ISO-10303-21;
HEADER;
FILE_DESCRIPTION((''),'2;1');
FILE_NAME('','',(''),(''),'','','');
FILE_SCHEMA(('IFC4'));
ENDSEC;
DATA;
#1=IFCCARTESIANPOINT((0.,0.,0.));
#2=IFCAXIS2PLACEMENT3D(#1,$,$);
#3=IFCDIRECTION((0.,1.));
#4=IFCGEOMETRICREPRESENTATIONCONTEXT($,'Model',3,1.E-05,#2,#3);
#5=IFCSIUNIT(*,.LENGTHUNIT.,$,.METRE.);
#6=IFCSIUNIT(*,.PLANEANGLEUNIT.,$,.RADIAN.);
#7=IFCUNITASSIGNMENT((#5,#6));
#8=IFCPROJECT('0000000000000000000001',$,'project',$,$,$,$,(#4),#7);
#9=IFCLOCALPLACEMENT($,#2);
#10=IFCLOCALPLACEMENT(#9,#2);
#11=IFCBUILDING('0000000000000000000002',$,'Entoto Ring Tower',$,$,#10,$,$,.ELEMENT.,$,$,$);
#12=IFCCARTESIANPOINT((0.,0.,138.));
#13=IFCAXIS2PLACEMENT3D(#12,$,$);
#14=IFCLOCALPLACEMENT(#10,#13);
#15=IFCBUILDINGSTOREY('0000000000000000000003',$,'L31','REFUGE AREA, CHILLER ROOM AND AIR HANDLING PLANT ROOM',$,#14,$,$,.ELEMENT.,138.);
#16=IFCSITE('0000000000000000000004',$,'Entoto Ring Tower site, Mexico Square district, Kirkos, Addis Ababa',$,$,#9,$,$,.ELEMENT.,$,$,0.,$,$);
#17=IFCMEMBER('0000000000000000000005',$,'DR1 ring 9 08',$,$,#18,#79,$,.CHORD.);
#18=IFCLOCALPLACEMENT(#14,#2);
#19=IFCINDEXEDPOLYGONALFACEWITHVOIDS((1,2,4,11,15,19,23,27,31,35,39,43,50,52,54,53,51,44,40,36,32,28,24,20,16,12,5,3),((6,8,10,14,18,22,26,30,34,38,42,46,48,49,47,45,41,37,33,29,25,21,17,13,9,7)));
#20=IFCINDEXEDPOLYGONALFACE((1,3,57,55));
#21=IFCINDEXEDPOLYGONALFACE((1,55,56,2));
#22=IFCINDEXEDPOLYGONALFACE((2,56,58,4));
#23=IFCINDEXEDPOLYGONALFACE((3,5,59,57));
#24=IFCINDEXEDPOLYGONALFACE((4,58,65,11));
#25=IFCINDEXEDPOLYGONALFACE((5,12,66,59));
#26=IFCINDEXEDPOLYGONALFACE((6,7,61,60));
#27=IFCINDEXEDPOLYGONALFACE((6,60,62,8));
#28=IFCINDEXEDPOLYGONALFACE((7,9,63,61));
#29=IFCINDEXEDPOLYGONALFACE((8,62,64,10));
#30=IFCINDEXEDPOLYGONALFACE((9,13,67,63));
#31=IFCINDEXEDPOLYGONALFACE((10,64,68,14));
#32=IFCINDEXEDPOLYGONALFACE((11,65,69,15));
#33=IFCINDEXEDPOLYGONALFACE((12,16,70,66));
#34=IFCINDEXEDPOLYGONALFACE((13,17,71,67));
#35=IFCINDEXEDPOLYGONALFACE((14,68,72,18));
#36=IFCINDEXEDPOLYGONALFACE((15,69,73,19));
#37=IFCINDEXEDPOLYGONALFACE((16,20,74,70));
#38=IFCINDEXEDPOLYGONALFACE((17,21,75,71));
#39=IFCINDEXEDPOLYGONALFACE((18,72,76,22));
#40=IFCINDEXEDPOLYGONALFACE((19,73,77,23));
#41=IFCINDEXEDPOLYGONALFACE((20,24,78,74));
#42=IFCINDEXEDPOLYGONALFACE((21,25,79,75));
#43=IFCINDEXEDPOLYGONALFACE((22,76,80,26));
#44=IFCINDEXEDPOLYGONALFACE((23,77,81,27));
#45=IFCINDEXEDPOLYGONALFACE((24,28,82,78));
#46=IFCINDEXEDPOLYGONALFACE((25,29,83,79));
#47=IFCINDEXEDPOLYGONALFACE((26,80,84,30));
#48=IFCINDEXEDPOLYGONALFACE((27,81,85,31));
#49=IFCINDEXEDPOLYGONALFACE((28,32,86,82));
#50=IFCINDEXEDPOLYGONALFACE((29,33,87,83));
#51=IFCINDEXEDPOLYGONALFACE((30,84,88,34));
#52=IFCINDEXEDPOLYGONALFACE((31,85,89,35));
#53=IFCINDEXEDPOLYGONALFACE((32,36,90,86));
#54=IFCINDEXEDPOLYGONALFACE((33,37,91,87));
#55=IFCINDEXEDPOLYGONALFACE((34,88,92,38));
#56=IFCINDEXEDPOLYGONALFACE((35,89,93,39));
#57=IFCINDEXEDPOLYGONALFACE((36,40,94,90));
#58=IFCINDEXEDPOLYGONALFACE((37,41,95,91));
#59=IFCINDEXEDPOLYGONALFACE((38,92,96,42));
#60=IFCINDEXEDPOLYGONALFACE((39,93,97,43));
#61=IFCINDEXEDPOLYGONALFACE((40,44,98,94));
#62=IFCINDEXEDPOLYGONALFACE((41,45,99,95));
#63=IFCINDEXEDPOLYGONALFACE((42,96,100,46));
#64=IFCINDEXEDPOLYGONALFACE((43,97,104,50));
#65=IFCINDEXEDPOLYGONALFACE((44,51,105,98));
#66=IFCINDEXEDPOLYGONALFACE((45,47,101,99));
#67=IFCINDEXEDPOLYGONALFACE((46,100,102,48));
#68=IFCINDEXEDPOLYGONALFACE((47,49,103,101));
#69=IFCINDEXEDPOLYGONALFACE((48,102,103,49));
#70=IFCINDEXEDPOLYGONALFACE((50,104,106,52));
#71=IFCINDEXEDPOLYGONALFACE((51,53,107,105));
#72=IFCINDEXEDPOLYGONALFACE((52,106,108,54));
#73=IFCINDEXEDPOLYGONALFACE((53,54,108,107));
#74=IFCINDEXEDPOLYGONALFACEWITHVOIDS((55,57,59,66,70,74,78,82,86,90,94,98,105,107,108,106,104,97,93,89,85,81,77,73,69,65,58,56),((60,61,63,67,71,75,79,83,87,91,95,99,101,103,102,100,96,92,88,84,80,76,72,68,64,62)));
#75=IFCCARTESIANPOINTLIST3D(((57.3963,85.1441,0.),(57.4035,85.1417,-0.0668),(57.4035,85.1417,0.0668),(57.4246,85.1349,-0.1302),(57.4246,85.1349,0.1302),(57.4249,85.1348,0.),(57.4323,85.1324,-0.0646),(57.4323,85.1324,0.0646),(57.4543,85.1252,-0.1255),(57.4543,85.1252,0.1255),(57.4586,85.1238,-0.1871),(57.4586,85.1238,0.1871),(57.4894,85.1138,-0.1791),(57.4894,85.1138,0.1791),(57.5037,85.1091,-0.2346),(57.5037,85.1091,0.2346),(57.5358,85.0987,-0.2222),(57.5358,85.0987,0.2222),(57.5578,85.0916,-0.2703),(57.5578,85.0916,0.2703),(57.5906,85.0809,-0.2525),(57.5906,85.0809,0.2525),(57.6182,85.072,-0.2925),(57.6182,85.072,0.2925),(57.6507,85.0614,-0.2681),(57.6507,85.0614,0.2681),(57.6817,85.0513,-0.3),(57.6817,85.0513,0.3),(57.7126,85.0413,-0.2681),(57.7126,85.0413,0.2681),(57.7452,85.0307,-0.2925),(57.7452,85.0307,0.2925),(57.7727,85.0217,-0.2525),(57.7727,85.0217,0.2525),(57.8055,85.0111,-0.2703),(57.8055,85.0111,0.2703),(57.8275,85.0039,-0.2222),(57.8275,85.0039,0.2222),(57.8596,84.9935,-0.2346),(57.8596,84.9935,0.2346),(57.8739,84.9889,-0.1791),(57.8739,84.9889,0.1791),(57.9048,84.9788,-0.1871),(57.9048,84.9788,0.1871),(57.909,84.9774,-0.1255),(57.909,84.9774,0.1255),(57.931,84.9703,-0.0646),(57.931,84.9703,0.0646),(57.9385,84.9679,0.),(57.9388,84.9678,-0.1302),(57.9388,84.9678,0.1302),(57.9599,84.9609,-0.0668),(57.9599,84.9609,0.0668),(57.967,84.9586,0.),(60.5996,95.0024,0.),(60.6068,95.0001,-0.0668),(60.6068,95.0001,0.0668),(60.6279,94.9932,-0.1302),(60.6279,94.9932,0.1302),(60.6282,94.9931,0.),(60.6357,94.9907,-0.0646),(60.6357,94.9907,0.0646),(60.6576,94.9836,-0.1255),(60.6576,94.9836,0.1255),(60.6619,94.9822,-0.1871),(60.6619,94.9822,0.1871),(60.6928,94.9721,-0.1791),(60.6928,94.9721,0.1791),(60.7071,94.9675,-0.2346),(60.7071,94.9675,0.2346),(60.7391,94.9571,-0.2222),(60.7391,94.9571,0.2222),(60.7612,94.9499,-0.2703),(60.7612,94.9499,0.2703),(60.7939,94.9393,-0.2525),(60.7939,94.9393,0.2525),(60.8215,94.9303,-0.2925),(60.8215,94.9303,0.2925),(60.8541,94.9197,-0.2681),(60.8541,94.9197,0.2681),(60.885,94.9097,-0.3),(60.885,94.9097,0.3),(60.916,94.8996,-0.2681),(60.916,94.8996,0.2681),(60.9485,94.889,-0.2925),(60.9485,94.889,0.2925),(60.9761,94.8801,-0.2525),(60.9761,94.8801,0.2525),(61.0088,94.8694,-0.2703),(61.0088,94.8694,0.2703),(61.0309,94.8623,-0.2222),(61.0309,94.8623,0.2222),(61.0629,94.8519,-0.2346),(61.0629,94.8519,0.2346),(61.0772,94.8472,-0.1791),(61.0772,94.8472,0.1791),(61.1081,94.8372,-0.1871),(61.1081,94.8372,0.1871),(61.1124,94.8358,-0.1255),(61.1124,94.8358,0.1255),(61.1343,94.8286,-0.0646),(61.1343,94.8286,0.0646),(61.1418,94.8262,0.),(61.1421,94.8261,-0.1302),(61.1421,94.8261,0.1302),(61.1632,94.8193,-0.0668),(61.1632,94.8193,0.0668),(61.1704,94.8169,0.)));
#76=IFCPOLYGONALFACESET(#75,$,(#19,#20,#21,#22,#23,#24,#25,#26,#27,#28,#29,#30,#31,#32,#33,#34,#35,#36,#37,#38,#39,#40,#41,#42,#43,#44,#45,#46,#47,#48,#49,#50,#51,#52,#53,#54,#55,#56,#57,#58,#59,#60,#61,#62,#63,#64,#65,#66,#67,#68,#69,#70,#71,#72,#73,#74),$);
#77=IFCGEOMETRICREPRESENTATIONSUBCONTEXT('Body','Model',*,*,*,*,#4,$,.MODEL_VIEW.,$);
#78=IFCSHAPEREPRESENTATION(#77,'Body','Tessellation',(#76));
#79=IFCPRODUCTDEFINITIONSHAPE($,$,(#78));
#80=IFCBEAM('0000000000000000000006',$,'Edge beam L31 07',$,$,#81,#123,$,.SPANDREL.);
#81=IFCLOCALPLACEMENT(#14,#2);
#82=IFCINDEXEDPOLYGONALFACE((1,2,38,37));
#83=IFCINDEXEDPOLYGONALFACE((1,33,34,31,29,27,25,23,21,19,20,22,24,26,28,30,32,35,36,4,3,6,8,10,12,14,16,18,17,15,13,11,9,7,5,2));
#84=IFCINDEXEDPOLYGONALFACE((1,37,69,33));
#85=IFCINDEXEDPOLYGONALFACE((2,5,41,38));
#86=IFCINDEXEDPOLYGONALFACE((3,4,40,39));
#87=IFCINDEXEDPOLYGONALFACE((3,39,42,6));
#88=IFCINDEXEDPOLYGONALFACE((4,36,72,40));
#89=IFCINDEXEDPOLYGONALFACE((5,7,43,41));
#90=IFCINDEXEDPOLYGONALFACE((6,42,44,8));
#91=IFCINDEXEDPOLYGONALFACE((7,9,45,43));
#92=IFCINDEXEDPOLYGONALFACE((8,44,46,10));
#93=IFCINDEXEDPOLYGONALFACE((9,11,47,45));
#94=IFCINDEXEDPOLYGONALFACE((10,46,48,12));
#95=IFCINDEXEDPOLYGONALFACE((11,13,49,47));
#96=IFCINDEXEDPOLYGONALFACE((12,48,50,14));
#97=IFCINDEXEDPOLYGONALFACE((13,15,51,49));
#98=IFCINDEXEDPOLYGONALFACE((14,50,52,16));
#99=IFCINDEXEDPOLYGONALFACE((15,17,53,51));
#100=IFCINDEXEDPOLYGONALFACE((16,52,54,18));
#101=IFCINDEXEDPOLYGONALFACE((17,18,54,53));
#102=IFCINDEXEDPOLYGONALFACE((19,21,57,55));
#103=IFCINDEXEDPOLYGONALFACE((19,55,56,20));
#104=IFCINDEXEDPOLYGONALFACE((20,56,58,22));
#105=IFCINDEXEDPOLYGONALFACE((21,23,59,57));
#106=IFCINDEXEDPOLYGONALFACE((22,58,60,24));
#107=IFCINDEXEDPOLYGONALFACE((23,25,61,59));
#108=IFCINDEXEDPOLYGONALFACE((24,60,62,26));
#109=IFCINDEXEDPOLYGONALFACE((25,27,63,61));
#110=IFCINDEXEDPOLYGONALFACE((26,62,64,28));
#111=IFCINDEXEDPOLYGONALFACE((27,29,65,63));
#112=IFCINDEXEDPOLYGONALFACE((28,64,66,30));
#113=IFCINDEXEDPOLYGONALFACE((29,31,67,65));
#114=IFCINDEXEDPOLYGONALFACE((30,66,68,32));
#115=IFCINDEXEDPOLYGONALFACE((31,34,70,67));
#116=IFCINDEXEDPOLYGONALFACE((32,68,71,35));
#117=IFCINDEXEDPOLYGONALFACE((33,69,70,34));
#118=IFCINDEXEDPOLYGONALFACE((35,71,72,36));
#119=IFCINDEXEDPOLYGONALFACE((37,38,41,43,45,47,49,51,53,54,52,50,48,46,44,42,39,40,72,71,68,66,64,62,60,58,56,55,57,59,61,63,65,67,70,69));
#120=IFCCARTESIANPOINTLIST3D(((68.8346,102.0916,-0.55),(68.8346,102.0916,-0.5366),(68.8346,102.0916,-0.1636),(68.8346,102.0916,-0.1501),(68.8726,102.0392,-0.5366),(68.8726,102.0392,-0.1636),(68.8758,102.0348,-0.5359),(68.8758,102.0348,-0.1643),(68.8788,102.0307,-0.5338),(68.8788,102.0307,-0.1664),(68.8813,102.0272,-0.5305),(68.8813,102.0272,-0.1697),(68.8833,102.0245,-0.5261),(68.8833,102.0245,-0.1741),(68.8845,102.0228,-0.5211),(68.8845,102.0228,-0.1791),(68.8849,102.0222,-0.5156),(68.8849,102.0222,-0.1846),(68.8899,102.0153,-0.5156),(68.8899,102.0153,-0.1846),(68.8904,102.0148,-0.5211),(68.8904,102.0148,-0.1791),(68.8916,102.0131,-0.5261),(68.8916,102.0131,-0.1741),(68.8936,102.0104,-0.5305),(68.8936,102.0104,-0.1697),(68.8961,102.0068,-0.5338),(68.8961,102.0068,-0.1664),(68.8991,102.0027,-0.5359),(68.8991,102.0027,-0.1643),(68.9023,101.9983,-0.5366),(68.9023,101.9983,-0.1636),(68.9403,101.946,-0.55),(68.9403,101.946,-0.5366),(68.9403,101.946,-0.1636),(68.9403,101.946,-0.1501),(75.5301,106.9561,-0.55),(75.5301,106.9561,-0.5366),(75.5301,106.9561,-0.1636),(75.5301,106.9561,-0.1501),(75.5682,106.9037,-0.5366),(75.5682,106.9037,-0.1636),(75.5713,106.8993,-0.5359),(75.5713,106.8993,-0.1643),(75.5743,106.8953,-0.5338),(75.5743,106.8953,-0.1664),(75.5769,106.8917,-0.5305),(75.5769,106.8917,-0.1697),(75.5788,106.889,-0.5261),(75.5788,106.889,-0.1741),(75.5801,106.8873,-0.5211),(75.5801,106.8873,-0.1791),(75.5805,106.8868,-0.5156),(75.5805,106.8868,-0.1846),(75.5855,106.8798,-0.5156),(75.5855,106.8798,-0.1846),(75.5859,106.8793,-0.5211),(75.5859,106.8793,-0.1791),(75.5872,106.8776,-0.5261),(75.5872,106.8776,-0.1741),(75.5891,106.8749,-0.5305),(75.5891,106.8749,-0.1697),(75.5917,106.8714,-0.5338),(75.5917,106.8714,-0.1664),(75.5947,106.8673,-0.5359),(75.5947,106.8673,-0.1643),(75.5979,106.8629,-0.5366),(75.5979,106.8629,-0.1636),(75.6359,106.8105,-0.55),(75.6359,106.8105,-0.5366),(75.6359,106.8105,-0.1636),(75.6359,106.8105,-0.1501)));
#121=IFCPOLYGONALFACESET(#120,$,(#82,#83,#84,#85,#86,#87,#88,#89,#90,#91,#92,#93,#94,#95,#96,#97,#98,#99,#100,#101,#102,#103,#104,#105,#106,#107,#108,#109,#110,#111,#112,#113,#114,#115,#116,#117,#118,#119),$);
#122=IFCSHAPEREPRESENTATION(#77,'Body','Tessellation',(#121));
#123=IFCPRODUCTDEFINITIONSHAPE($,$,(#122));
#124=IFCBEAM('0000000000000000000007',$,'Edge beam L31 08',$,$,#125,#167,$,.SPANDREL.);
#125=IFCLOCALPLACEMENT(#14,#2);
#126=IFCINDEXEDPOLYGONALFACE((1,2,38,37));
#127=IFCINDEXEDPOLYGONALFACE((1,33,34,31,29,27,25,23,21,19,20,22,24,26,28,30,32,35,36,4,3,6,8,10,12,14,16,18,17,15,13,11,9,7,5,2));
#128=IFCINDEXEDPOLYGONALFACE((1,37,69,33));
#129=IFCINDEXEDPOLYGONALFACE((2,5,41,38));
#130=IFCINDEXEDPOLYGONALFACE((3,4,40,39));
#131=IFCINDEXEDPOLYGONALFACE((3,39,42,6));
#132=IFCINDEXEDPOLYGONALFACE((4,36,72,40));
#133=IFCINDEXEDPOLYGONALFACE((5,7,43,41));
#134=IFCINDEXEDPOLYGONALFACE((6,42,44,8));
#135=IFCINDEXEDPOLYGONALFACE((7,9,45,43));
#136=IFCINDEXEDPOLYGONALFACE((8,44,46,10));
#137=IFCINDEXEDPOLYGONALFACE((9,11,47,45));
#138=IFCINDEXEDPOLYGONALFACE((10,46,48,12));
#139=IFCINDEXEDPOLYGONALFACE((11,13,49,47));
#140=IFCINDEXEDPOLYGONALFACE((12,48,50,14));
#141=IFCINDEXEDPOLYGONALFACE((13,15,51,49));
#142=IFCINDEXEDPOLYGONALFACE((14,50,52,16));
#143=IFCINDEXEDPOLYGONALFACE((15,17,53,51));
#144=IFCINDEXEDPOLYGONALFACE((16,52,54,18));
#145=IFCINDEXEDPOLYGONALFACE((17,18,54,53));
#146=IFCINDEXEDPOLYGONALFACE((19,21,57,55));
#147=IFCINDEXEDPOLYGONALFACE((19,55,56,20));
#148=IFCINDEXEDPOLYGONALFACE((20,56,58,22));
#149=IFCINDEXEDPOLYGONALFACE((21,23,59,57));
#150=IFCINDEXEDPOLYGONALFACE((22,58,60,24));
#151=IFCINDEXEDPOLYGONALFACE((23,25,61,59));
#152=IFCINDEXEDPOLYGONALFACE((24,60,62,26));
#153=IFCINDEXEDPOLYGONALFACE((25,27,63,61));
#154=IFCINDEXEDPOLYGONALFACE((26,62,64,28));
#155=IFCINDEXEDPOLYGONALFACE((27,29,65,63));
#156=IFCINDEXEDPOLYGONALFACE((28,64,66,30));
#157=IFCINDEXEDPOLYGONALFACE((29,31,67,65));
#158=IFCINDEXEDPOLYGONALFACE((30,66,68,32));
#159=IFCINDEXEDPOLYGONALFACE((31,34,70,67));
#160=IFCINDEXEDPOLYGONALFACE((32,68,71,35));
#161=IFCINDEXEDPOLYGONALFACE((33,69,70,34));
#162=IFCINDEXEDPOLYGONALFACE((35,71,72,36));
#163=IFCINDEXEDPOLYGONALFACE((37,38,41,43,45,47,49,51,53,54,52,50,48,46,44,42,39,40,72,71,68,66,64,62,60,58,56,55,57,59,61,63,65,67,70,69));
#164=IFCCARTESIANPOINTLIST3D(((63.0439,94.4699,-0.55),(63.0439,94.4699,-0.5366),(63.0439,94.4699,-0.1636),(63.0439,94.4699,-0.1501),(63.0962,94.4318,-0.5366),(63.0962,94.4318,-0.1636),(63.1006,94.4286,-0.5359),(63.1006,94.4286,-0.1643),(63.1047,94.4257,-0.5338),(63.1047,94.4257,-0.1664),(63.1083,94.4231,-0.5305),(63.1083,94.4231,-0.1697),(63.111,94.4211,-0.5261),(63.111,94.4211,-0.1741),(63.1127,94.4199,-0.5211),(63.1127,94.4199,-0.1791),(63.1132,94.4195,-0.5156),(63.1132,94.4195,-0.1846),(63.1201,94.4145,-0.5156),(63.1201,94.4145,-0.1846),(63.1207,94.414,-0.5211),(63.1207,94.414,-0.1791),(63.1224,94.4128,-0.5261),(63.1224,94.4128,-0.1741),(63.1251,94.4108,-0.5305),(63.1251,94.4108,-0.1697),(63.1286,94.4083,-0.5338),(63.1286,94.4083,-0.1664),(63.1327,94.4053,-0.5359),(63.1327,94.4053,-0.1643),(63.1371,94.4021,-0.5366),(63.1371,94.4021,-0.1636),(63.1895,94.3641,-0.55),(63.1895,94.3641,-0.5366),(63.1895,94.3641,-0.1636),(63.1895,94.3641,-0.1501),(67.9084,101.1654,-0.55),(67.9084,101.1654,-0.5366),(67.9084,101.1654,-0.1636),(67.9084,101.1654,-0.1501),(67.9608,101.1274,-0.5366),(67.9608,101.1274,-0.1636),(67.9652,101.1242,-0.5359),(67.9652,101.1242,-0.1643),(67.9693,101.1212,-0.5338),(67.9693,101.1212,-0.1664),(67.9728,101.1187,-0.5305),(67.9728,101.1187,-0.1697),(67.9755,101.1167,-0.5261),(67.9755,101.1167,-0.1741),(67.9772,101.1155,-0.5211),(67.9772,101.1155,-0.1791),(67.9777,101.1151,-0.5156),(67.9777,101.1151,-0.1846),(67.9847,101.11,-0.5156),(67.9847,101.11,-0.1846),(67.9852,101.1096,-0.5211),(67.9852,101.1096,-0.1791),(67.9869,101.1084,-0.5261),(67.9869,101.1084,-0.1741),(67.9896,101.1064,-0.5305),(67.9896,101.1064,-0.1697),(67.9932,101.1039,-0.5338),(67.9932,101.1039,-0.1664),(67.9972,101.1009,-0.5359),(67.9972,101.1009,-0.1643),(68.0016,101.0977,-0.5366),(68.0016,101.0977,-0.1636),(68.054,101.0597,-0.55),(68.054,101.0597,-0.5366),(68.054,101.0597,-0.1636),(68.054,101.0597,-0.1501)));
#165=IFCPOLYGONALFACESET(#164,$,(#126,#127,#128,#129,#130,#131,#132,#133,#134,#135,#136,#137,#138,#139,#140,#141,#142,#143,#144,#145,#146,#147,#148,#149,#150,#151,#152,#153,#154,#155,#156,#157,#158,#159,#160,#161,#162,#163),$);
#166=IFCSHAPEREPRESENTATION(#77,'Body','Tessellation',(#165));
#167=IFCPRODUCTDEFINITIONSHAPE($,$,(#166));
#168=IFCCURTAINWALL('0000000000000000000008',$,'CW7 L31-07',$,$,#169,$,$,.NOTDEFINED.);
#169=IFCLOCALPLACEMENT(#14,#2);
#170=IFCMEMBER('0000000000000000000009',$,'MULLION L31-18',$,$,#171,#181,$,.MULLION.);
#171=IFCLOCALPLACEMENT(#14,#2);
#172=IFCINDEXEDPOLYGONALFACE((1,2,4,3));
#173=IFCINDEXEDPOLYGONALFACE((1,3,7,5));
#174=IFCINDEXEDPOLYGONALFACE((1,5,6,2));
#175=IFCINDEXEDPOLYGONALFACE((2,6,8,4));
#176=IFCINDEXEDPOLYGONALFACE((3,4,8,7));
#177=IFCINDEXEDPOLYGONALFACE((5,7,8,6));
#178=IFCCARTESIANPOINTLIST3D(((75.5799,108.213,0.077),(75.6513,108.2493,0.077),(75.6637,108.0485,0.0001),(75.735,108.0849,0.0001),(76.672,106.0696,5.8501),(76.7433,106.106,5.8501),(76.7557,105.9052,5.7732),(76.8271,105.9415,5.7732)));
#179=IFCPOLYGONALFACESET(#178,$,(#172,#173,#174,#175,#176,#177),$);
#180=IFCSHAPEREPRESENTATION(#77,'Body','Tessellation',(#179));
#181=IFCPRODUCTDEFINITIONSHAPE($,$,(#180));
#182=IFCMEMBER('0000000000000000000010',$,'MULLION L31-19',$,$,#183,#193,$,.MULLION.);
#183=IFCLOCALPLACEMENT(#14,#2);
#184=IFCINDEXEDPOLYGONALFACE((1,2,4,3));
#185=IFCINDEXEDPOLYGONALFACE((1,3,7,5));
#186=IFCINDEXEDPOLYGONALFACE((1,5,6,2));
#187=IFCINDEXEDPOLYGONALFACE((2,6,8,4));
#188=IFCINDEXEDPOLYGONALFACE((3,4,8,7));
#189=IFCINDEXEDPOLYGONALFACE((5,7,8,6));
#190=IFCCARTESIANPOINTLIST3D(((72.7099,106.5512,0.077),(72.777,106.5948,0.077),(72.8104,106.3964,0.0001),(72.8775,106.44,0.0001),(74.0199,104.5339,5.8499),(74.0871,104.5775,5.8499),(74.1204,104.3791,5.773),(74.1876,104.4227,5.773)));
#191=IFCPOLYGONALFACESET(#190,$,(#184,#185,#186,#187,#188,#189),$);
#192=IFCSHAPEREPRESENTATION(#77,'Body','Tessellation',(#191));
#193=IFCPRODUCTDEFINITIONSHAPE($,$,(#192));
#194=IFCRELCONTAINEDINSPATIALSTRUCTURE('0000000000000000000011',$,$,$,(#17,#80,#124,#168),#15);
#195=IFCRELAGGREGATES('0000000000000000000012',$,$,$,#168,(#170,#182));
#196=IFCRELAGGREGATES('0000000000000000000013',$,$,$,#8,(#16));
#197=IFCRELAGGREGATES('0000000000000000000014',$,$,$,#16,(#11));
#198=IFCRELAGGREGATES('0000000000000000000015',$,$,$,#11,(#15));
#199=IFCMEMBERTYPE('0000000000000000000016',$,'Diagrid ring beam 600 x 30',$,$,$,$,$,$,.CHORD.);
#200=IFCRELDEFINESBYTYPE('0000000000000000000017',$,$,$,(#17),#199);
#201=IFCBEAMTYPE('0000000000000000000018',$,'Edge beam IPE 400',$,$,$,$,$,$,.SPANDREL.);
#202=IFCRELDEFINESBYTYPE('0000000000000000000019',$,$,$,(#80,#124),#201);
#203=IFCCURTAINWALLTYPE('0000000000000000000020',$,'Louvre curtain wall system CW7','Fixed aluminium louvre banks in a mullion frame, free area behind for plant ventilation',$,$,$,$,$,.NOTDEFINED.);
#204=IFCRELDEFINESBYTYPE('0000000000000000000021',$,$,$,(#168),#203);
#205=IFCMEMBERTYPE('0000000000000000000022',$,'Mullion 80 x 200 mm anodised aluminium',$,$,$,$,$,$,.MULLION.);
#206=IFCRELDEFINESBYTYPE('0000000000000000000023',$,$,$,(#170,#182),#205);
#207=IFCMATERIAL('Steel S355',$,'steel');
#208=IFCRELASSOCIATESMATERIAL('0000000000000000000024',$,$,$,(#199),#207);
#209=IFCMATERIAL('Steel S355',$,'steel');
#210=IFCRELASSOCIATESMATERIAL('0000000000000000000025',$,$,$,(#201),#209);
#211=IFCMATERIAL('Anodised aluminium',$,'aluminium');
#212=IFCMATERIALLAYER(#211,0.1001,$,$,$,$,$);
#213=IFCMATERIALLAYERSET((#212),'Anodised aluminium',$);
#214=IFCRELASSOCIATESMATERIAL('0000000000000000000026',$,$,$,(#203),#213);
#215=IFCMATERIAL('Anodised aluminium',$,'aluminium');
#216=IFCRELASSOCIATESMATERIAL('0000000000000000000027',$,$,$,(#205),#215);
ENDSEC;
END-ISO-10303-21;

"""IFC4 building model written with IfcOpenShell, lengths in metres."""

from ifc_helpers import new_model, si_unit, direction, frame, origin, origin_2d, place, context, subcontext, project, spatial, rectangle, circle, hollow_circle, i_section, extrude, material, layer, layer_set, material_profile, profile_set, type_object, element, aggregate, save


model = new_model("IFC4")

# Units and contexts
model_context = context("Model", 3, precision=1e-05, world=origin(), true_north=direction((0.0, 1.0)))
body_context = subcontext(model_context, "Body", "Model", "MODEL_VIEW")
ifc_project = project(units=[si_unit("LENGTHUNIT", "METRE"), si_unit("PLANEANGLEUNIT", "RADIAN")], contexts=[model_context])

# Site, building, storey
site_placement = place(None, origin())
site = spatial("IfcSite", under=ifc_project, at=site_placement, Name="Entoto Ring Tower site, Mexico Square district, Kirkos, Addis Ababa", CompositionType="ELEMENT", RefElevation=0.0)
building_placement = place(site_placement, origin())
building = spatial("IfcBuilding", under=site, at=building_placement, Name="Entoto Ring Tower", CompositionType="ELEMENT")
storey_placement = place(building_placement, frame((0.0, 0.0, 138.0)))
storey = spatial("IfcBuildingStorey", under=building, at=storey_placement, Name="L31", Description="REFUGE AREA, CHILLER ROOM AND AIR HANDLING PLANT ROOM", CompositionType="ELEMENT", Elevation=138.0)

# Member
ifc_material_1 = material(Name="Steel S355", Category="steel")
ifc_material_profile_1 = material_profile(ifc_material_1, hollow_circle(Radius=0.3, WallThickness=0.03, at=origin_2d()), Name="CHS 600 x 30")
ifc_material_2 = material(Name="Concrete C60/75", Category="concrete")
ifc_material_profile_2 = material_profile(ifc_material_2, circle(Radius=0.27, at=origin_2d()), Name="Concrete C60/75 infill")
ifc_profile_set_1 = profile_set([ifc_material_profile_1, ifc_material_profile_2], Name="Steel S355")
member_type_1 = type_object("IfcMemberType", Name="Diagrid ring beam 600 x 30", PredefinedType="CHORD", material=ifc_profile_set_1)
member_1_placement = place(storey_placement, frame((60.885, 94.9097, 0.0), z_axis=(-0.309033, -0.951051, 0.0), x_axis=(0.951051, -0.309033, 0.0)))
element("IfcMember", 1, at=member_1_placement, inside=storey, type_object=member_type_1, Name="DR1 ring 9 08", PredefinedType="CHORD", context=body_context, shape_type="SweptSolid", body=[
    extrude(hollow_circle(Radius=0.3, WallThickness=0.03, at=origin_2d()), origin(), (0.0, 0.0, 1.0), 10.3657),
])

# Beams
ifc_material_3 = material(Name="Steel S355", Category="steel")
ifc_material_profile_3 = material_profile(ifc_material_3, i_section(OverallWidth=0.1799, OverallDepth=0.3999, WebThickness=0.0085, FlangeThickness=0.0134, FilletRadius=0.021, at=origin_2d()), Name="IPE 400")
ifc_profile_set_2 = profile_set([ifc_material_profile_3], Name="Steel S355")
beam_type = type_object("IfcBeamType", Name="Edge beam IPE 400", PredefinedType="SPANDREL", material=ifc_profile_set_2)
for number, where, z_axis, x_axis, name in (
    (2, (75.583, 106.8833, -0.3501), (-0.809023, -0.587777, 0.0), (0.587777, -0.809023, 0.0), "Edge beam L31 07"),
    (3, (67.9812, 101.1125, -0.3501), (-0.587777, -0.809023, 0.0), (0.809023, -0.587777, 0.0), "Edge beam L31 08"),
):
    element("IfcBeam", number, at=place(storey_placement, frame(where, z_axis=z_axis, x_axis=x_axis)), inside=storey, type_object=beam_type, Name=name, PredefinedType="SPANDREL", context=body_context, shape_type="SweptSolid", body=[
        extrude(i_section(OverallWidth=0.1799, OverallDepth=0.3999, WebThickness=0.0085, FlangeThickness=0.0134, FilletRadius=0.021, at=origin_2d()), origin(), (0.0, 0.0, 1.0), 8.2761),
    ])

# Curtain wall, members
ifc_material_4 = material(Name="Anodised aluminium", Category="aluminium")
ifc_layer_1 = layer(ifc_material_4, 0.1001)
ifc_layer_set_1 = layer_set([ifc_layer_1], Name="Anodised aluminium")
curtain_wall_type = type_object("IfcCurtainWallType", Name="Louvre curtain wall system CW7", Description="Fixed aluminium louvre banks in a mullion frame, free area behind for plant ventilation", PredefinedType="NOTDEFINED", material=ifc_layer_set_1)
curtain_wall_1_placement = place(storey_placement, origin())
curtain_wall_1 = element("IfcCurtainWall", 4, at=curtain_wall_1_placement, inside=storey, type_object=curtain_wall_type, Name="CW7 L31-07", PredefinedType="NOTDEFINED")
ifc_material_5 = material(Name="Anodised aluminium", Category="aluminium")
ifc_material_profile_4 = material_profile(ifc_material_5, rectangle(XDim=0.0801, YDim=0.2, at=origin_2d()), Name="Mullion 80 x 200 mm anodised aluminium")
ifc_profile_set_3 = profile_set([ifc_material_profile_4], Name="Anodised aluminium")
member_type_2 = type_object("IfcMemberType", Name="Mullion 80 x 200 mm anodised aluminium", PredefinedType="MULLION", material=ifc_profile_set_3)
member_2_placement = place(storey_placement, frame((75.6575, 108.1489, 0.0386), z_axis=(0.174613, -0.342707, 0.923072), x_axis=(0.891012, 0.453981, 0.0)))
member_2 = element("IfcMember", 5, at=member_2_placement, type_object=member_type_2, Name="MULLION L31-18", PredefinedType="MULLION", context=body_context, shape_type="SweptSolid", body=[
    extrude(rectangle(XDim=0.0801, YDim=0.2, at=origin_2d()), origin(), (0.0, 0.0, 1.0), 6.2542),
])
member_3_placement = place(storey_placement, frame((72.7937, 106.4956, 0.0386), z_axis=(0.209474, -0.322566, 0.923077), x_axis=(0.838673, 0.544635, 0.0)))
member_3 = element("IfcMember", 6, at=member_3_placement, type_object=member_type_2, Name="MULLION L31-19", PredefinedType="MULLION", context=body_context, shape_type="SweptSolid", body=[
    extrude(rectangle(XDim=0.0801, YDim=0.2, at=origin_2d()), origin(), (0.0, 0.0, 1.0), 6.2539),
])
aggregate(curtain_wall_1, [member_2, member_3])

save(model, "model.ifc")
